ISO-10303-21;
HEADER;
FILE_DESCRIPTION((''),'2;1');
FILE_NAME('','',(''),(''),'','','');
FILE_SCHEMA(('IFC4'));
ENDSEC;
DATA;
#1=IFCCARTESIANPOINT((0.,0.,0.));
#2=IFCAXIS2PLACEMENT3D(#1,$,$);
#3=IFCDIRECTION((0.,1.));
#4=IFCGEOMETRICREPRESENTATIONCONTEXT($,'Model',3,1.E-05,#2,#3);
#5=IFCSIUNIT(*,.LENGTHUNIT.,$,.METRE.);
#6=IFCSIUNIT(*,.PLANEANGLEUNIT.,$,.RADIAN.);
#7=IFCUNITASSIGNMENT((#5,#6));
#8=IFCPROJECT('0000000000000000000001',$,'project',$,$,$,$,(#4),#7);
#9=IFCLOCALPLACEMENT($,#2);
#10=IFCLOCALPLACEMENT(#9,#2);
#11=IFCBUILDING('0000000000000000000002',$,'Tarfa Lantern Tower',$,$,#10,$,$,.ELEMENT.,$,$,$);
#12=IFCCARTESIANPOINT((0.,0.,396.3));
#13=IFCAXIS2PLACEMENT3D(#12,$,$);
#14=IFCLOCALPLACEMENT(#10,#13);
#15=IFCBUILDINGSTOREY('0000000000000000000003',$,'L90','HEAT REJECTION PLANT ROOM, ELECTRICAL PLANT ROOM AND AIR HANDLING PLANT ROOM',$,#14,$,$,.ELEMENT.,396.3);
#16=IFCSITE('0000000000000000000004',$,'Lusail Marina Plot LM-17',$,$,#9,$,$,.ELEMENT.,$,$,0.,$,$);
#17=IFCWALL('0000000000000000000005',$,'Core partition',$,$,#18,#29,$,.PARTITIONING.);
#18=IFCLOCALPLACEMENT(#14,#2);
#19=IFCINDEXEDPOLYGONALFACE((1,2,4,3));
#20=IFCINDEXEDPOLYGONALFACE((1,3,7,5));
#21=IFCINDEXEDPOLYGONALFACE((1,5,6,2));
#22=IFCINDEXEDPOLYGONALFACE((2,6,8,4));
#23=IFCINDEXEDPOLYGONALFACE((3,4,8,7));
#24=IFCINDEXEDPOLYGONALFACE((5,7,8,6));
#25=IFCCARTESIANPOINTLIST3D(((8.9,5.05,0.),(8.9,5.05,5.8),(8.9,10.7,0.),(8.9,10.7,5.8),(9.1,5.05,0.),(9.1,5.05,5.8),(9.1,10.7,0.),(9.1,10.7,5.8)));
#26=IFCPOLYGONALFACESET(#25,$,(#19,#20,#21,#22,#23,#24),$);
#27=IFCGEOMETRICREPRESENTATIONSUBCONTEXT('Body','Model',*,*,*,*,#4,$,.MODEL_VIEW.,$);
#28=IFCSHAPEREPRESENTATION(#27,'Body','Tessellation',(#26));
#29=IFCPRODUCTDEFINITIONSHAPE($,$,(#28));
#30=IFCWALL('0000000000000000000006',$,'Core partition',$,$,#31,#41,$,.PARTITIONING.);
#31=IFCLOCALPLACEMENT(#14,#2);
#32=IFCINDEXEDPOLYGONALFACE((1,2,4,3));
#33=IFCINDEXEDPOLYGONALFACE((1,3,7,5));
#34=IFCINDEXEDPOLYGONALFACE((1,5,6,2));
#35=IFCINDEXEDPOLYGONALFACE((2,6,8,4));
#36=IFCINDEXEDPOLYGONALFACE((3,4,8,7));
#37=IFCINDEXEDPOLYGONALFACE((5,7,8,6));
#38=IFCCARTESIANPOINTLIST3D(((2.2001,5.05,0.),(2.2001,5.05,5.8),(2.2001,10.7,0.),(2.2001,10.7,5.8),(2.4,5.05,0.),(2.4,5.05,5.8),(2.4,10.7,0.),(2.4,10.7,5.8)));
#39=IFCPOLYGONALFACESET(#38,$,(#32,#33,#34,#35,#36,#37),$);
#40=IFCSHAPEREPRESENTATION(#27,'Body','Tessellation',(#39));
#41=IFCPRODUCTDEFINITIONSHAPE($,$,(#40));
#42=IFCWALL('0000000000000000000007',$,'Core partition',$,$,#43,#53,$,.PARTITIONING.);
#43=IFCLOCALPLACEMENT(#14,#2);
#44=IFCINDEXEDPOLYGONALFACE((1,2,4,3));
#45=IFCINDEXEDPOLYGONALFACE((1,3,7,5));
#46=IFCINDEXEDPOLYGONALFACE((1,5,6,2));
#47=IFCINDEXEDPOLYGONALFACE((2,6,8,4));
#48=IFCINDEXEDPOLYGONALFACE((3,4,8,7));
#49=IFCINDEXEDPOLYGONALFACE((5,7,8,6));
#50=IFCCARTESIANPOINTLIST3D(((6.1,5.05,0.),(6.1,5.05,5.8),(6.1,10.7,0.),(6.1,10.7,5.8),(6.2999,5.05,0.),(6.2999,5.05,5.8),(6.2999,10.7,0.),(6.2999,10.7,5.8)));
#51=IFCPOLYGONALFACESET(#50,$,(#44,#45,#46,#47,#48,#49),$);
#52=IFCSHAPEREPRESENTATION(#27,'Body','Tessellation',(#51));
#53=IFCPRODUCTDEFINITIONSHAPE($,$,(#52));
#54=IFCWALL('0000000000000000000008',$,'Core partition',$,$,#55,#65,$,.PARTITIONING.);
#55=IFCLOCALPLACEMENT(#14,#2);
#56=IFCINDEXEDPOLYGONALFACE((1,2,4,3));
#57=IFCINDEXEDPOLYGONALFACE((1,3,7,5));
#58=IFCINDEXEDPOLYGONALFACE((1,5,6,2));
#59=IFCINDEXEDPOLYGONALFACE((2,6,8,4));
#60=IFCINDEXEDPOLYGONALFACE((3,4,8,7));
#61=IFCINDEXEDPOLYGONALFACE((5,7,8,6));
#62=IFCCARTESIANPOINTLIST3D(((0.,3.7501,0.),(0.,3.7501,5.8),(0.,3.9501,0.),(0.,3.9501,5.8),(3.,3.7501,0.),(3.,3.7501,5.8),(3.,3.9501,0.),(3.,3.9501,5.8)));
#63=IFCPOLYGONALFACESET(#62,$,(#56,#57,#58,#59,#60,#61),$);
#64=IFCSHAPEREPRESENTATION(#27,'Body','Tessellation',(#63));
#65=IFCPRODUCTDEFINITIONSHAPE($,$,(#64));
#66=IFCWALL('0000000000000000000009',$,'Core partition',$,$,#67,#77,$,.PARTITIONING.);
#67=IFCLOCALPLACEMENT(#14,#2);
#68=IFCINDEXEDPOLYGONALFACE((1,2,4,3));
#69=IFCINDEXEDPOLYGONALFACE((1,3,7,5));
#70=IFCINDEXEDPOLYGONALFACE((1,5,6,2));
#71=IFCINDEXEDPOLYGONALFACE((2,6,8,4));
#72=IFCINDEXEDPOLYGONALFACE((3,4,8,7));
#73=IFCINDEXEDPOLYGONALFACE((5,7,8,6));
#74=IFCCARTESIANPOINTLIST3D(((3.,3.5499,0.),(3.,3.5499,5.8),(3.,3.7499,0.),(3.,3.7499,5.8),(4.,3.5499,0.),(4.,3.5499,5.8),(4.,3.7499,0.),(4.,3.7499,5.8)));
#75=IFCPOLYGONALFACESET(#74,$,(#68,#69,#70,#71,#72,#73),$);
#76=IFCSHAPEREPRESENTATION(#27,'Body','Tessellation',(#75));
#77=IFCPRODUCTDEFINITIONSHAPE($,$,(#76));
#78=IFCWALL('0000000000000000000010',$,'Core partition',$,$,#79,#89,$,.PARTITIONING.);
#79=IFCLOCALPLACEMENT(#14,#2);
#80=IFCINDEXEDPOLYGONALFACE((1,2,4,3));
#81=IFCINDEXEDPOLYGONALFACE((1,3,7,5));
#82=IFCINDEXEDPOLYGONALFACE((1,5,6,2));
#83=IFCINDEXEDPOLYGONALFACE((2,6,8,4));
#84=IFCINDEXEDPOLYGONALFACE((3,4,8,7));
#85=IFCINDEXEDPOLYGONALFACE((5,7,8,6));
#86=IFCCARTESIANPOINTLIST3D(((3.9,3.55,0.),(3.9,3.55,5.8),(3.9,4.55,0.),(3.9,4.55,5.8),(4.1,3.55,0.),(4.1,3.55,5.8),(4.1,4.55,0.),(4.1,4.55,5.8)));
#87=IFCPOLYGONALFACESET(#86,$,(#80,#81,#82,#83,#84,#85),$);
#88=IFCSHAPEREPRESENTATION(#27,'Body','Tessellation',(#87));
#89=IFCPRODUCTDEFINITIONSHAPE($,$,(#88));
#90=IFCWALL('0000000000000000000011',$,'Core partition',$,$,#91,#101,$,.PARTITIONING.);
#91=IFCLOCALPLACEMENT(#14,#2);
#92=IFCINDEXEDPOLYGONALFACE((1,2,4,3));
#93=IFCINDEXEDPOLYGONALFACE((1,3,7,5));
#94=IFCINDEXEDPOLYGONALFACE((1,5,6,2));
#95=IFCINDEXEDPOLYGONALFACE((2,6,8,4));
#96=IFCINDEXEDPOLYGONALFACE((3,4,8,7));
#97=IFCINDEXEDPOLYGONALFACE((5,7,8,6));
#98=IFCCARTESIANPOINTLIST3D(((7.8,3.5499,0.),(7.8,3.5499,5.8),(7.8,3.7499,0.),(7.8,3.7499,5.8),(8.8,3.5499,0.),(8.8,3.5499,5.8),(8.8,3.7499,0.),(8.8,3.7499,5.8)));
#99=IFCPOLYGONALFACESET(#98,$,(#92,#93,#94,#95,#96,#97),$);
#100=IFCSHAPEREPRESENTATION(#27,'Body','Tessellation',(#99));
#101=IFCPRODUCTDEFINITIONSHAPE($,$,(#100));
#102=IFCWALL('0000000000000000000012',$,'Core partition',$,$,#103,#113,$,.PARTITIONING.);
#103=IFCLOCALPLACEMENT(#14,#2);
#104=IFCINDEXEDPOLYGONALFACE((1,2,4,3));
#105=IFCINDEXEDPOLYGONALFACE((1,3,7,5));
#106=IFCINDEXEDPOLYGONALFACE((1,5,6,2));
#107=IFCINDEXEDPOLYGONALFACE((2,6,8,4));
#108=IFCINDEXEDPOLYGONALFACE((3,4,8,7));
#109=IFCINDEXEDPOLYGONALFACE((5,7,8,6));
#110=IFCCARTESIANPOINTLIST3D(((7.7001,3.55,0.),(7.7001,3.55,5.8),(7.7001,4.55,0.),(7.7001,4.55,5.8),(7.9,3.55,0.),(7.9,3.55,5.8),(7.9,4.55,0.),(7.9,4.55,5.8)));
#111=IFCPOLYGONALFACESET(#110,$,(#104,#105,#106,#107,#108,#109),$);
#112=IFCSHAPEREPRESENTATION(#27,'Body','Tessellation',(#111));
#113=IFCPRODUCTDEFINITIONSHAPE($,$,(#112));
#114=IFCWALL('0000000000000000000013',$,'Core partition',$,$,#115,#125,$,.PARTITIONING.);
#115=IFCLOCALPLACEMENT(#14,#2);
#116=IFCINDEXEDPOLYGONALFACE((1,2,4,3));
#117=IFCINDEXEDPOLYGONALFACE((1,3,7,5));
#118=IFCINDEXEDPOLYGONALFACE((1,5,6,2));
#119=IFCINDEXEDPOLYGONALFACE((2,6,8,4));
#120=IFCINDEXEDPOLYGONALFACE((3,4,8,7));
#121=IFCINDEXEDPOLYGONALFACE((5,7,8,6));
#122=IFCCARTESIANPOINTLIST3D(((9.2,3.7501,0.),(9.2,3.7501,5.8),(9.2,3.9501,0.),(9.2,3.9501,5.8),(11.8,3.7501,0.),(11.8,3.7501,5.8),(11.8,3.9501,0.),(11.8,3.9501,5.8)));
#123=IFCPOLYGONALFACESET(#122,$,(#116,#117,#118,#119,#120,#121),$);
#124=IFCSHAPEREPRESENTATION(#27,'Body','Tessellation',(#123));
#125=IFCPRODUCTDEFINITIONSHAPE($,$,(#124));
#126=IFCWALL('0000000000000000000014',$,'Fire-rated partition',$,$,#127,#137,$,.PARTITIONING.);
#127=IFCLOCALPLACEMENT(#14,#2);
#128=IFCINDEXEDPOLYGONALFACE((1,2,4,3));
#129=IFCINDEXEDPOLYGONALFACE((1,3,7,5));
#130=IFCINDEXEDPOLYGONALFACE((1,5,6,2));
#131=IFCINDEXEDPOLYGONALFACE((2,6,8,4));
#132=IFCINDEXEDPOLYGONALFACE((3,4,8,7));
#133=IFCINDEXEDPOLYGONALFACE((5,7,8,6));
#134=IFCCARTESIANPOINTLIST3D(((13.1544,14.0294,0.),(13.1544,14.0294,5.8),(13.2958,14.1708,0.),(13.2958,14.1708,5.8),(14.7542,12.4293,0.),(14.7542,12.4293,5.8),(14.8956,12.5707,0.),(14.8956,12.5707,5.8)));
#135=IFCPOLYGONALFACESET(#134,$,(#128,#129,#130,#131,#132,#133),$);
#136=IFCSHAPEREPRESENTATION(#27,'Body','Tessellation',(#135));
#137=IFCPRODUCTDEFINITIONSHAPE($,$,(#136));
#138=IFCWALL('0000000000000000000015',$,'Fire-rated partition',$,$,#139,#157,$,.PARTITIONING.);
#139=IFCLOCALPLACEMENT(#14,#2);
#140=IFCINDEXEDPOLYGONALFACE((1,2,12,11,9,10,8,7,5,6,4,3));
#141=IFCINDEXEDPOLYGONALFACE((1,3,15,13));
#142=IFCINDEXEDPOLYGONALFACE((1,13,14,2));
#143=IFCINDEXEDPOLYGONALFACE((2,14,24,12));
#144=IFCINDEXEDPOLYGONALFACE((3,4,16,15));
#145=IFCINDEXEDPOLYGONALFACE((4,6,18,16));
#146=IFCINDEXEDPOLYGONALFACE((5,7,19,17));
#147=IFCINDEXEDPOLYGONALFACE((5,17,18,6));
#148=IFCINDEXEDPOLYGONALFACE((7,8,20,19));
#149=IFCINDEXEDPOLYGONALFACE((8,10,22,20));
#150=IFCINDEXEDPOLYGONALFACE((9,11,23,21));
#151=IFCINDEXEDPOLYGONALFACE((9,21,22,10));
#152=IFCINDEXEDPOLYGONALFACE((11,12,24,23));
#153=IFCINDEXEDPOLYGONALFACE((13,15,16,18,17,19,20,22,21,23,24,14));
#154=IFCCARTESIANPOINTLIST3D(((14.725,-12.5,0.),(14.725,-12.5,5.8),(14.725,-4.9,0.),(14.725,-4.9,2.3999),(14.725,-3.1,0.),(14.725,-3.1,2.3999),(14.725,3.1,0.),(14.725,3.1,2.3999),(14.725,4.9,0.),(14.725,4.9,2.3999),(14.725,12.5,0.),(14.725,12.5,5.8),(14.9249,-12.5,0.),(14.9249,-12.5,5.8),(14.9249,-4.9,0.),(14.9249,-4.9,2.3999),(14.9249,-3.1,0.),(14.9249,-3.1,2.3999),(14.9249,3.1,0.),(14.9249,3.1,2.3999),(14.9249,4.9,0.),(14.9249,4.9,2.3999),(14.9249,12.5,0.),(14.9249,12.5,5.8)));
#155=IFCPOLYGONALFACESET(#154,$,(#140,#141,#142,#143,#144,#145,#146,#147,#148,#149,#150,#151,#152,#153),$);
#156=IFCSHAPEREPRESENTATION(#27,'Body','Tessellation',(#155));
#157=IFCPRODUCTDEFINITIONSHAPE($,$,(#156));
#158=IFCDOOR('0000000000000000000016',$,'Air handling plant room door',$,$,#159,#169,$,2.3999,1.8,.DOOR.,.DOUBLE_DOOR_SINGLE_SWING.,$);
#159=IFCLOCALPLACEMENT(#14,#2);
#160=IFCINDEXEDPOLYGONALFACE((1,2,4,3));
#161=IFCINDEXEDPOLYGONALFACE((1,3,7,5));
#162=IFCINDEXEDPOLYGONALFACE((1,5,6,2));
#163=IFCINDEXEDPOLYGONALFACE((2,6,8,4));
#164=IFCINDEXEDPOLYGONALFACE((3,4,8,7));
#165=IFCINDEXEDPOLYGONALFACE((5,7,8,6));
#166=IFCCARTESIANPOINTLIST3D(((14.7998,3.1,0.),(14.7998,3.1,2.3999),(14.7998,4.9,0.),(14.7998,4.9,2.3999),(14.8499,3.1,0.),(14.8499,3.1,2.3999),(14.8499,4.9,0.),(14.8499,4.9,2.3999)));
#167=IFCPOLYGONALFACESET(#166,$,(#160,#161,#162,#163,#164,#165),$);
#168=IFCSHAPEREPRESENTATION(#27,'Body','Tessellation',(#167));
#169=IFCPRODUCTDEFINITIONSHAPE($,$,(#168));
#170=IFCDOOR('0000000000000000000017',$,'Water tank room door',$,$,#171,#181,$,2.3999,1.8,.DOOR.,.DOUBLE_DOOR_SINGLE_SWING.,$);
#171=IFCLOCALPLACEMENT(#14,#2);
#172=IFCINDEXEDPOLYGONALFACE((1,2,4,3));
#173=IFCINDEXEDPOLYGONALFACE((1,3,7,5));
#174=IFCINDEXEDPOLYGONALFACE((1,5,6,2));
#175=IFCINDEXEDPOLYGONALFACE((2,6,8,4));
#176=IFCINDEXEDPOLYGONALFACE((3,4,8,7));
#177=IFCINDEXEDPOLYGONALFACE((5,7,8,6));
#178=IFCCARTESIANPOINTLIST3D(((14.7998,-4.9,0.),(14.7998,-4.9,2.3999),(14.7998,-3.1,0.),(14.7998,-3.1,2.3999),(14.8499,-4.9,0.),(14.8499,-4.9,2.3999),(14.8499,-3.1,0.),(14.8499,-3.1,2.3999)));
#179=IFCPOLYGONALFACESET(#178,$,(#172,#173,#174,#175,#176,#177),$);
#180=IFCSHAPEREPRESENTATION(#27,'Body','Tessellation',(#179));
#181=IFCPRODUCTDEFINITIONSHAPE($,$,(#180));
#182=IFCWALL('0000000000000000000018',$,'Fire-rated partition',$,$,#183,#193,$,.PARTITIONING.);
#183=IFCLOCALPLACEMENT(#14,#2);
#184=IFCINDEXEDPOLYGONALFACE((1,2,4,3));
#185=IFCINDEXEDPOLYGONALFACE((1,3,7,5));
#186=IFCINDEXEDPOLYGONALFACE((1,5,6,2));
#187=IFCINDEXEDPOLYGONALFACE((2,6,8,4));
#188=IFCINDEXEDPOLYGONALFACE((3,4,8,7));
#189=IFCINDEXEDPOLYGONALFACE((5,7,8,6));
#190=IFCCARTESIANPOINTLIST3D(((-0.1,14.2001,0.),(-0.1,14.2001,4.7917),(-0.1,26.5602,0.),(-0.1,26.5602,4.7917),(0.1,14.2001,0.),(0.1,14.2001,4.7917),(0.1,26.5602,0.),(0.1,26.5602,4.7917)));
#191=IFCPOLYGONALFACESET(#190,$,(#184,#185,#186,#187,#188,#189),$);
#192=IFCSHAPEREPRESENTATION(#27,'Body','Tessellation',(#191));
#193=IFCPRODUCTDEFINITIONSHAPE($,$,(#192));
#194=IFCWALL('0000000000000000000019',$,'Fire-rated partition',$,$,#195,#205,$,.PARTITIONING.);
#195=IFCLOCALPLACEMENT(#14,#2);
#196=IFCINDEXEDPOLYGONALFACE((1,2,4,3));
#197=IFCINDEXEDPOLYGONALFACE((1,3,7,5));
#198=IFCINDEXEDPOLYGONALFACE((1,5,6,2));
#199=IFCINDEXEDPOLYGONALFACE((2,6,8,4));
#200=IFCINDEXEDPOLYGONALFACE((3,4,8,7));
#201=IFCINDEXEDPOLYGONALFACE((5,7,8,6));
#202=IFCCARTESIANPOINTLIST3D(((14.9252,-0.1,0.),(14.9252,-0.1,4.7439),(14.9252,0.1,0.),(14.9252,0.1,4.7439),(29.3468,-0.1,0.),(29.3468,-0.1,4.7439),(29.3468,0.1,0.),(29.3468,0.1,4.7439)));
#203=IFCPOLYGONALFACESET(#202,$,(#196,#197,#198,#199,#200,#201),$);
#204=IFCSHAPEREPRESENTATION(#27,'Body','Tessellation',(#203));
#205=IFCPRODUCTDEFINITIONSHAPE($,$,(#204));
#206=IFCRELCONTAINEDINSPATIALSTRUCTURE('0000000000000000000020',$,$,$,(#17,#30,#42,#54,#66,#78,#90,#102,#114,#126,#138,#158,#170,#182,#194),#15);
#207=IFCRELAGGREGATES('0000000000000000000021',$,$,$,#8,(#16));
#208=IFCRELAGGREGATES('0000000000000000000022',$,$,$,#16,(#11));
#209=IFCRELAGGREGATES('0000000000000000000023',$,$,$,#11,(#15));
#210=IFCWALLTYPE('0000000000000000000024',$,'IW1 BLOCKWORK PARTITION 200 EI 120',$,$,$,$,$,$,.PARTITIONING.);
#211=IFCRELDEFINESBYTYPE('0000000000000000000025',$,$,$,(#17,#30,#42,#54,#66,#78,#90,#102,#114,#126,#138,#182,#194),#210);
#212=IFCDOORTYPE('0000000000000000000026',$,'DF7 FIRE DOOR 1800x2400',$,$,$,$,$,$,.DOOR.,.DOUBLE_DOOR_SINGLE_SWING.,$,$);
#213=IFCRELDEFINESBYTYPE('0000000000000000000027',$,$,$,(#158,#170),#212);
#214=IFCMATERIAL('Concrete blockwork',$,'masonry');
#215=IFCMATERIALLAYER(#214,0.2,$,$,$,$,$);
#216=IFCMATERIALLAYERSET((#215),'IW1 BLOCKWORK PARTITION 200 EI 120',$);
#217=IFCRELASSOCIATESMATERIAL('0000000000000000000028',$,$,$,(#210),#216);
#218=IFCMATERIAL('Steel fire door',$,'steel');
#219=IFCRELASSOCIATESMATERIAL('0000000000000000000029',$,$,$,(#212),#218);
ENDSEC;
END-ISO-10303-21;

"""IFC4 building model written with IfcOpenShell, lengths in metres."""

from ifc_helpers import new_model, si_unit, direction, frame, frame_2d, origin, place, context, subcontext, project, spatial, rectangle, extrude, material, layer, layer_set, type_object, element, fill, save


model = new_model("IFC4")

# Units and contexts
model_context = context("Model", 3, precision=1e-05, world=origin(), true_north=direction((0.0, 1.0)))
body_context = subcontext(model_context, "Body", "Model", "MODEL_VIEW")
ifc_project = project(units=[si_unit("LENGTHUNIT", "METRE"), si_unit("PLANEANGLEUNIT", "RADIAN")], contexts=[model_context])

# Site, building, storey
site_placement = place(None, origin())
site = spatial("IfcSite", under=ifc_project, at=site_placement, Name="Lusail Marina Plot LM-17", CompositionType="ELEMENT", RefElevation=0.0)
building_placement = place(site_placement, origin())
building = spatial("IfcBuilding", under=site, at=building_placement, Name="Tarfa Lantern Tower", CompositionType="ELEMENT")
storey_placement = place(building_placement, frame((0.0, 0.0, 396.3)))
storey = spatial("IfcBuildingStorey", under=building, at=storey_placement, Name="L90", Description="HEAT REJECTION PLANT ROOM, ELECTRICAL PLANT ROOM AND AIR HANDLING PLANT ROOM", CompositionType="ELEMENT", Elevation=396.3)

# Walls
ifc_material_1 = material(Name="Concrete blockwork", Category="masonry")
ifc_layer_1 = layer(ifc_material_1, 0.2)
ifc_layer_set_1 = layer_set([ifc_layer_1], Name="IW1 BLOCKWORK PARTITION 200 EI 120")
wall_type_1 = type_object("IfcWallType", Name="IW1 BLOCKWORK PARTITION 200 EI 120", PredefinedType="PARTITIONING", material=ifc_layer_set_1)
for number, where, z_axis, x_axis, name in (
    (1, (9.0, 5.05, 0.0), (0.0, 0.0, 1.0), (0.0, 1.0, 0.0), "Core partition"),
    (2, (2.3, 5.05, 0.0), (0.0, 0.0, 1.0), (0.0, 1.0, 0.0), "Core partition"),
    (3, (6.2, 5.05, 0.0), (0.0, 0.0, 1.0), (0.0, 1.0, 0.0), "Core partition"),
):
    element("IfcWall", number, at=place(storey_placement, frame(where, z_axis=z_axis, x_axis=x_axis)), inside=storey, type_object=wall_type_1, Name=name, PredefinedType="PARTITIONING", context=body_context, shape_type="SweptSolid", body=[
        extrude(rectangle(XDim=5.6499, YDim=0.2, at=frame_2d((2.825, 0.0))), origin(), (0.0, 0.0, 1.0), 5.8),
    ])
wall_1_placement = place(storey_placement, frame((0.0, 3.8501, 0.0), z_axis=(0.0, 0.0, 1.0), x_axis=(1.0, 0.0, 0.0)))
element("IfcWall", 4, at=wall_1_placement, inside=storey, type_object=wall_type_1, Name="Core partition", PredefinedType="PARTITIONING", context=body_context, shape_type="SweptSolid", body=[
    extrude(rectangle(XDim=3.0, YDim=0.2, at=frame_2d((1.5, 0.0))), origin(), (0.0, 0.0, 1.0), 5.8),
])
for number, where, z_axis, x_axis, name in (
    (5, (3.0, 3.6499, 0.0), (0.0, 0.0, 1.0), (1.0, 0.0, 0.0), "Core partition"),
    (6, (4.0, 3.55, 0.0), (0.0, 0.0, 1.0), (0.0, 1.0, 0.0), "Core partition"),
    (7, (7.8, 3.6499, 0.0), (0.0, 0.0, 1.0), (1.0, 0.0, 0.0), "Core partition"),
    (8, (7.8, 3.55, 0.0), (0.0, 0.0, 1.0), (0.0, 1.0, 0.0), "Core partition"),
):
    element("IfcWall", number, at=place(storey_placement, frame(where, z_axis=z_axis, x_axis=x_axis)), inside=storey, type_object=wall_type_1, Name=name, PredefinedType="PARTITIONING", context=body_context, shape_type="SweptSolid", body=[
        extrude(rectangle(XDim=1.0, YDim=0.2, at=frame_2d((0.5, 0.0))), origin(), (0.0, 0.0, 1.0), 5.8),
    ])
wall_2_placement = place(storey_placement, frame((9.2, 3.8501, 0.0), z_axis=(0.0, 0.0, 1.0), x_axis=(1.0, 0.0, 0.0)))
element("IfcWall", 9, at=wall_2_placement, inside=storey, type_object=wall_type_1, Name="Core partition", PredefinedType="PARTITIONING", context=body_context, shape_type="SweptSolid", body=[
    extrude(rectangle(XDim=2.6001, YDim=0.2, at=frame_2d((1.3, 0.0))), origin(), (0.0, 0.0, 1.0), 5.8),
])
wall_3_placement = place(storey_placement, frame((13.2251, 14.1001, 0.0), z_axis=(0.0, 0.0, 1.0), x_axis=(0.707053, -0.707161, 0.0)))
element("IfcWall", 10, at=wall_3_placement, inside=storey, type_object=wall_type_1, Name="Fire-rated partition", PredefinedType="PARTITIONING", context=body_context, shape_type="SweptSolid", body=[
    extrude(rectangle(XDim=2.2627, YDim=0.2, at=frame_2d((1.1313, 0.0))), origin(), (0.0, 0.0, 1.0), 5.8),
])

# Wall, openings, doors
wall_4_placement = place(storey_placement, frame((14.825, 12.5, 0.0), z_axis=(0.0, 0.0, 1.0), x_axis=(0.0, -1.0, 0.0)))
wall_4 = element("IfcWall", 11, at=wall_4_placement, inside=storey, type_object=wall_type_1, Name="Fire-rated partition", PredefinedType="PARTITIONING", context=body_context, shape_type="SweptSolid", body=[
    extrude(rectangle(XDim=25.0, YDim=0.2, at=frame_2d((12.5, 0.0))), origin(), (0.0, 0.0, 1.0), 5.8),
])
opening_1_placement = place(wall_4_placement, frame((7.6001, 0.0, 0.0)))
opening_1 = element("IfcOpeningElement", 12, at=opening_1_placement, cuts=wall_4, PredefinedType="OPENING", context=body_context, shape_type="SweptSolid", body=[
    extrude(rectangle(XDim=1.8, YDim=2.3999, at=frame_2d((0.8999, 1.2))), frame((0.0, 0.1099, 0.0), z_axis=(0.0, -1.0, 0.0), x_axis=(1.0, 0.0, 0.0)), (0.0, 0.0, 1.0), 0.22),
])
opening_2_placement = place(wall_4_placement, frame((15.6001, 0.0, 0.0)))
opening_2 = element("IfcOpeningElement", 13, at=opening_2_placement, cuts=wall_4, PredefinedType="OPENING", context=body_context, shape_type="SweptSolid", body=[
    extrude(rectangle(XDim=1.8, YDim=2.3999, at=frame_2d((0.8999, 1.2))), frame((0.0, 0.1099, 0.0), z_axis=(0.0, -1.0, 0.0), x_axis=(1.0, 0.0, 0.0)), (0.0, 0.0, 1.0), 0.22),
])
ifc_material_2 = material(Name="Steel fire door", Category="steel")
door_type = type_object("IfcDoorType", Name="DF7 FIRE DOOR 1800x2400", OperationType="DOUBLE_DOOR_SINGLE_SWING", PredefinedType="DOOR", material=ifc_material_2)
door_1_placement = place(opening_1_placement, origin())
door_1 = element("IfcDoor", 14, at=door_1_placement, inside=storey, type_object=door_type, Name="Air handling plant room door", OperationType="DOUBLE_DOOR_SINGLE_SWING", OverallHeight=2.3999, OverallWidth=1.8, PredefinedType="DOOR", context=body_context, shape_type="SweptSolid", body=[
    extrude(rectangle(XDim=1.8, YDim=2.3999, at=frame_2d((0.8999, 1.2))), frame((0.0, 0.0249, 0.0), z_axis=(0.0, -1.0, 0.0), x_axis=(1.0, 0.0, 0.0)), (0.0, 0.0, 1.0), 0.05),
])
fill(opening_1, door_1)
door_2_placement = place(opening_2_placement, origin())
door_2 = element("IfcDoor", 15, at=door_2_placement, inside=storey, type_object=door_type, Name="Water tank room door", OperationType="DOUBLE_DOOR_SINGLE_SWING", OverallHeight=2.3999, OverallWidth=1.8, PredefinedType="DOOR", context=body_context, shape_type="SweptSolid", body=[
    extrude(rectangle(XDim=1.8, YDim=2.3999, at=frame_2d((0.8999, 1.2))), frame((0.0, 0.0249, 0.0), z_axis=(0.0, -1.0, 0.0), x_axis=(1.0, 0.0, 0.0)), (0.0, 0.0, 1.0), 0.05),
])
fill(opening_2, door_2)

# Walls
wall_5_placement = place(storey_placement, frame((0.0, 14.2, 0.0), z_axis=(0.0, 0.0, 1.0), x_axis=(0.0, 1.0, 0.0)))
element("IfcWall", 16, at=wall_5_placement, inside=storey, type_object=wall_type_1, Name="Fire-rated partition", PredefinedType="PARTITIONING", context=body_context, shape_type="SweptSolid", body=[
    extrude(rectangle(XDim=12.3601, YDim=0.2, at=frame_2d((6.1802, 0.0))), origin(), (0.0, 0.0, 1.0), 4.7917),
])
wall_6_placement = place(storey_placement, frame((14.925, 0.0, 0.0), z_axis=(0.0, 0.0, 1.0), x_axis=(1.0, 0.0, 0.0)))
element("IfcWall", 17, at=wall_6_placement, inside=storey, type_object=wall_type_1, Name="Fire-rated partition", PredefinedType="PARTITIONING", context=body_context, shape_type="SweptSolid", body=[
    extrude(rectangle(XDim=14.4216, YDim=0.2, at=frame_2d((7.2109, 0.0))), origin(), (0.0, 0.0, 1.0), 4.7439),
])

save(model, "model.ifc")
